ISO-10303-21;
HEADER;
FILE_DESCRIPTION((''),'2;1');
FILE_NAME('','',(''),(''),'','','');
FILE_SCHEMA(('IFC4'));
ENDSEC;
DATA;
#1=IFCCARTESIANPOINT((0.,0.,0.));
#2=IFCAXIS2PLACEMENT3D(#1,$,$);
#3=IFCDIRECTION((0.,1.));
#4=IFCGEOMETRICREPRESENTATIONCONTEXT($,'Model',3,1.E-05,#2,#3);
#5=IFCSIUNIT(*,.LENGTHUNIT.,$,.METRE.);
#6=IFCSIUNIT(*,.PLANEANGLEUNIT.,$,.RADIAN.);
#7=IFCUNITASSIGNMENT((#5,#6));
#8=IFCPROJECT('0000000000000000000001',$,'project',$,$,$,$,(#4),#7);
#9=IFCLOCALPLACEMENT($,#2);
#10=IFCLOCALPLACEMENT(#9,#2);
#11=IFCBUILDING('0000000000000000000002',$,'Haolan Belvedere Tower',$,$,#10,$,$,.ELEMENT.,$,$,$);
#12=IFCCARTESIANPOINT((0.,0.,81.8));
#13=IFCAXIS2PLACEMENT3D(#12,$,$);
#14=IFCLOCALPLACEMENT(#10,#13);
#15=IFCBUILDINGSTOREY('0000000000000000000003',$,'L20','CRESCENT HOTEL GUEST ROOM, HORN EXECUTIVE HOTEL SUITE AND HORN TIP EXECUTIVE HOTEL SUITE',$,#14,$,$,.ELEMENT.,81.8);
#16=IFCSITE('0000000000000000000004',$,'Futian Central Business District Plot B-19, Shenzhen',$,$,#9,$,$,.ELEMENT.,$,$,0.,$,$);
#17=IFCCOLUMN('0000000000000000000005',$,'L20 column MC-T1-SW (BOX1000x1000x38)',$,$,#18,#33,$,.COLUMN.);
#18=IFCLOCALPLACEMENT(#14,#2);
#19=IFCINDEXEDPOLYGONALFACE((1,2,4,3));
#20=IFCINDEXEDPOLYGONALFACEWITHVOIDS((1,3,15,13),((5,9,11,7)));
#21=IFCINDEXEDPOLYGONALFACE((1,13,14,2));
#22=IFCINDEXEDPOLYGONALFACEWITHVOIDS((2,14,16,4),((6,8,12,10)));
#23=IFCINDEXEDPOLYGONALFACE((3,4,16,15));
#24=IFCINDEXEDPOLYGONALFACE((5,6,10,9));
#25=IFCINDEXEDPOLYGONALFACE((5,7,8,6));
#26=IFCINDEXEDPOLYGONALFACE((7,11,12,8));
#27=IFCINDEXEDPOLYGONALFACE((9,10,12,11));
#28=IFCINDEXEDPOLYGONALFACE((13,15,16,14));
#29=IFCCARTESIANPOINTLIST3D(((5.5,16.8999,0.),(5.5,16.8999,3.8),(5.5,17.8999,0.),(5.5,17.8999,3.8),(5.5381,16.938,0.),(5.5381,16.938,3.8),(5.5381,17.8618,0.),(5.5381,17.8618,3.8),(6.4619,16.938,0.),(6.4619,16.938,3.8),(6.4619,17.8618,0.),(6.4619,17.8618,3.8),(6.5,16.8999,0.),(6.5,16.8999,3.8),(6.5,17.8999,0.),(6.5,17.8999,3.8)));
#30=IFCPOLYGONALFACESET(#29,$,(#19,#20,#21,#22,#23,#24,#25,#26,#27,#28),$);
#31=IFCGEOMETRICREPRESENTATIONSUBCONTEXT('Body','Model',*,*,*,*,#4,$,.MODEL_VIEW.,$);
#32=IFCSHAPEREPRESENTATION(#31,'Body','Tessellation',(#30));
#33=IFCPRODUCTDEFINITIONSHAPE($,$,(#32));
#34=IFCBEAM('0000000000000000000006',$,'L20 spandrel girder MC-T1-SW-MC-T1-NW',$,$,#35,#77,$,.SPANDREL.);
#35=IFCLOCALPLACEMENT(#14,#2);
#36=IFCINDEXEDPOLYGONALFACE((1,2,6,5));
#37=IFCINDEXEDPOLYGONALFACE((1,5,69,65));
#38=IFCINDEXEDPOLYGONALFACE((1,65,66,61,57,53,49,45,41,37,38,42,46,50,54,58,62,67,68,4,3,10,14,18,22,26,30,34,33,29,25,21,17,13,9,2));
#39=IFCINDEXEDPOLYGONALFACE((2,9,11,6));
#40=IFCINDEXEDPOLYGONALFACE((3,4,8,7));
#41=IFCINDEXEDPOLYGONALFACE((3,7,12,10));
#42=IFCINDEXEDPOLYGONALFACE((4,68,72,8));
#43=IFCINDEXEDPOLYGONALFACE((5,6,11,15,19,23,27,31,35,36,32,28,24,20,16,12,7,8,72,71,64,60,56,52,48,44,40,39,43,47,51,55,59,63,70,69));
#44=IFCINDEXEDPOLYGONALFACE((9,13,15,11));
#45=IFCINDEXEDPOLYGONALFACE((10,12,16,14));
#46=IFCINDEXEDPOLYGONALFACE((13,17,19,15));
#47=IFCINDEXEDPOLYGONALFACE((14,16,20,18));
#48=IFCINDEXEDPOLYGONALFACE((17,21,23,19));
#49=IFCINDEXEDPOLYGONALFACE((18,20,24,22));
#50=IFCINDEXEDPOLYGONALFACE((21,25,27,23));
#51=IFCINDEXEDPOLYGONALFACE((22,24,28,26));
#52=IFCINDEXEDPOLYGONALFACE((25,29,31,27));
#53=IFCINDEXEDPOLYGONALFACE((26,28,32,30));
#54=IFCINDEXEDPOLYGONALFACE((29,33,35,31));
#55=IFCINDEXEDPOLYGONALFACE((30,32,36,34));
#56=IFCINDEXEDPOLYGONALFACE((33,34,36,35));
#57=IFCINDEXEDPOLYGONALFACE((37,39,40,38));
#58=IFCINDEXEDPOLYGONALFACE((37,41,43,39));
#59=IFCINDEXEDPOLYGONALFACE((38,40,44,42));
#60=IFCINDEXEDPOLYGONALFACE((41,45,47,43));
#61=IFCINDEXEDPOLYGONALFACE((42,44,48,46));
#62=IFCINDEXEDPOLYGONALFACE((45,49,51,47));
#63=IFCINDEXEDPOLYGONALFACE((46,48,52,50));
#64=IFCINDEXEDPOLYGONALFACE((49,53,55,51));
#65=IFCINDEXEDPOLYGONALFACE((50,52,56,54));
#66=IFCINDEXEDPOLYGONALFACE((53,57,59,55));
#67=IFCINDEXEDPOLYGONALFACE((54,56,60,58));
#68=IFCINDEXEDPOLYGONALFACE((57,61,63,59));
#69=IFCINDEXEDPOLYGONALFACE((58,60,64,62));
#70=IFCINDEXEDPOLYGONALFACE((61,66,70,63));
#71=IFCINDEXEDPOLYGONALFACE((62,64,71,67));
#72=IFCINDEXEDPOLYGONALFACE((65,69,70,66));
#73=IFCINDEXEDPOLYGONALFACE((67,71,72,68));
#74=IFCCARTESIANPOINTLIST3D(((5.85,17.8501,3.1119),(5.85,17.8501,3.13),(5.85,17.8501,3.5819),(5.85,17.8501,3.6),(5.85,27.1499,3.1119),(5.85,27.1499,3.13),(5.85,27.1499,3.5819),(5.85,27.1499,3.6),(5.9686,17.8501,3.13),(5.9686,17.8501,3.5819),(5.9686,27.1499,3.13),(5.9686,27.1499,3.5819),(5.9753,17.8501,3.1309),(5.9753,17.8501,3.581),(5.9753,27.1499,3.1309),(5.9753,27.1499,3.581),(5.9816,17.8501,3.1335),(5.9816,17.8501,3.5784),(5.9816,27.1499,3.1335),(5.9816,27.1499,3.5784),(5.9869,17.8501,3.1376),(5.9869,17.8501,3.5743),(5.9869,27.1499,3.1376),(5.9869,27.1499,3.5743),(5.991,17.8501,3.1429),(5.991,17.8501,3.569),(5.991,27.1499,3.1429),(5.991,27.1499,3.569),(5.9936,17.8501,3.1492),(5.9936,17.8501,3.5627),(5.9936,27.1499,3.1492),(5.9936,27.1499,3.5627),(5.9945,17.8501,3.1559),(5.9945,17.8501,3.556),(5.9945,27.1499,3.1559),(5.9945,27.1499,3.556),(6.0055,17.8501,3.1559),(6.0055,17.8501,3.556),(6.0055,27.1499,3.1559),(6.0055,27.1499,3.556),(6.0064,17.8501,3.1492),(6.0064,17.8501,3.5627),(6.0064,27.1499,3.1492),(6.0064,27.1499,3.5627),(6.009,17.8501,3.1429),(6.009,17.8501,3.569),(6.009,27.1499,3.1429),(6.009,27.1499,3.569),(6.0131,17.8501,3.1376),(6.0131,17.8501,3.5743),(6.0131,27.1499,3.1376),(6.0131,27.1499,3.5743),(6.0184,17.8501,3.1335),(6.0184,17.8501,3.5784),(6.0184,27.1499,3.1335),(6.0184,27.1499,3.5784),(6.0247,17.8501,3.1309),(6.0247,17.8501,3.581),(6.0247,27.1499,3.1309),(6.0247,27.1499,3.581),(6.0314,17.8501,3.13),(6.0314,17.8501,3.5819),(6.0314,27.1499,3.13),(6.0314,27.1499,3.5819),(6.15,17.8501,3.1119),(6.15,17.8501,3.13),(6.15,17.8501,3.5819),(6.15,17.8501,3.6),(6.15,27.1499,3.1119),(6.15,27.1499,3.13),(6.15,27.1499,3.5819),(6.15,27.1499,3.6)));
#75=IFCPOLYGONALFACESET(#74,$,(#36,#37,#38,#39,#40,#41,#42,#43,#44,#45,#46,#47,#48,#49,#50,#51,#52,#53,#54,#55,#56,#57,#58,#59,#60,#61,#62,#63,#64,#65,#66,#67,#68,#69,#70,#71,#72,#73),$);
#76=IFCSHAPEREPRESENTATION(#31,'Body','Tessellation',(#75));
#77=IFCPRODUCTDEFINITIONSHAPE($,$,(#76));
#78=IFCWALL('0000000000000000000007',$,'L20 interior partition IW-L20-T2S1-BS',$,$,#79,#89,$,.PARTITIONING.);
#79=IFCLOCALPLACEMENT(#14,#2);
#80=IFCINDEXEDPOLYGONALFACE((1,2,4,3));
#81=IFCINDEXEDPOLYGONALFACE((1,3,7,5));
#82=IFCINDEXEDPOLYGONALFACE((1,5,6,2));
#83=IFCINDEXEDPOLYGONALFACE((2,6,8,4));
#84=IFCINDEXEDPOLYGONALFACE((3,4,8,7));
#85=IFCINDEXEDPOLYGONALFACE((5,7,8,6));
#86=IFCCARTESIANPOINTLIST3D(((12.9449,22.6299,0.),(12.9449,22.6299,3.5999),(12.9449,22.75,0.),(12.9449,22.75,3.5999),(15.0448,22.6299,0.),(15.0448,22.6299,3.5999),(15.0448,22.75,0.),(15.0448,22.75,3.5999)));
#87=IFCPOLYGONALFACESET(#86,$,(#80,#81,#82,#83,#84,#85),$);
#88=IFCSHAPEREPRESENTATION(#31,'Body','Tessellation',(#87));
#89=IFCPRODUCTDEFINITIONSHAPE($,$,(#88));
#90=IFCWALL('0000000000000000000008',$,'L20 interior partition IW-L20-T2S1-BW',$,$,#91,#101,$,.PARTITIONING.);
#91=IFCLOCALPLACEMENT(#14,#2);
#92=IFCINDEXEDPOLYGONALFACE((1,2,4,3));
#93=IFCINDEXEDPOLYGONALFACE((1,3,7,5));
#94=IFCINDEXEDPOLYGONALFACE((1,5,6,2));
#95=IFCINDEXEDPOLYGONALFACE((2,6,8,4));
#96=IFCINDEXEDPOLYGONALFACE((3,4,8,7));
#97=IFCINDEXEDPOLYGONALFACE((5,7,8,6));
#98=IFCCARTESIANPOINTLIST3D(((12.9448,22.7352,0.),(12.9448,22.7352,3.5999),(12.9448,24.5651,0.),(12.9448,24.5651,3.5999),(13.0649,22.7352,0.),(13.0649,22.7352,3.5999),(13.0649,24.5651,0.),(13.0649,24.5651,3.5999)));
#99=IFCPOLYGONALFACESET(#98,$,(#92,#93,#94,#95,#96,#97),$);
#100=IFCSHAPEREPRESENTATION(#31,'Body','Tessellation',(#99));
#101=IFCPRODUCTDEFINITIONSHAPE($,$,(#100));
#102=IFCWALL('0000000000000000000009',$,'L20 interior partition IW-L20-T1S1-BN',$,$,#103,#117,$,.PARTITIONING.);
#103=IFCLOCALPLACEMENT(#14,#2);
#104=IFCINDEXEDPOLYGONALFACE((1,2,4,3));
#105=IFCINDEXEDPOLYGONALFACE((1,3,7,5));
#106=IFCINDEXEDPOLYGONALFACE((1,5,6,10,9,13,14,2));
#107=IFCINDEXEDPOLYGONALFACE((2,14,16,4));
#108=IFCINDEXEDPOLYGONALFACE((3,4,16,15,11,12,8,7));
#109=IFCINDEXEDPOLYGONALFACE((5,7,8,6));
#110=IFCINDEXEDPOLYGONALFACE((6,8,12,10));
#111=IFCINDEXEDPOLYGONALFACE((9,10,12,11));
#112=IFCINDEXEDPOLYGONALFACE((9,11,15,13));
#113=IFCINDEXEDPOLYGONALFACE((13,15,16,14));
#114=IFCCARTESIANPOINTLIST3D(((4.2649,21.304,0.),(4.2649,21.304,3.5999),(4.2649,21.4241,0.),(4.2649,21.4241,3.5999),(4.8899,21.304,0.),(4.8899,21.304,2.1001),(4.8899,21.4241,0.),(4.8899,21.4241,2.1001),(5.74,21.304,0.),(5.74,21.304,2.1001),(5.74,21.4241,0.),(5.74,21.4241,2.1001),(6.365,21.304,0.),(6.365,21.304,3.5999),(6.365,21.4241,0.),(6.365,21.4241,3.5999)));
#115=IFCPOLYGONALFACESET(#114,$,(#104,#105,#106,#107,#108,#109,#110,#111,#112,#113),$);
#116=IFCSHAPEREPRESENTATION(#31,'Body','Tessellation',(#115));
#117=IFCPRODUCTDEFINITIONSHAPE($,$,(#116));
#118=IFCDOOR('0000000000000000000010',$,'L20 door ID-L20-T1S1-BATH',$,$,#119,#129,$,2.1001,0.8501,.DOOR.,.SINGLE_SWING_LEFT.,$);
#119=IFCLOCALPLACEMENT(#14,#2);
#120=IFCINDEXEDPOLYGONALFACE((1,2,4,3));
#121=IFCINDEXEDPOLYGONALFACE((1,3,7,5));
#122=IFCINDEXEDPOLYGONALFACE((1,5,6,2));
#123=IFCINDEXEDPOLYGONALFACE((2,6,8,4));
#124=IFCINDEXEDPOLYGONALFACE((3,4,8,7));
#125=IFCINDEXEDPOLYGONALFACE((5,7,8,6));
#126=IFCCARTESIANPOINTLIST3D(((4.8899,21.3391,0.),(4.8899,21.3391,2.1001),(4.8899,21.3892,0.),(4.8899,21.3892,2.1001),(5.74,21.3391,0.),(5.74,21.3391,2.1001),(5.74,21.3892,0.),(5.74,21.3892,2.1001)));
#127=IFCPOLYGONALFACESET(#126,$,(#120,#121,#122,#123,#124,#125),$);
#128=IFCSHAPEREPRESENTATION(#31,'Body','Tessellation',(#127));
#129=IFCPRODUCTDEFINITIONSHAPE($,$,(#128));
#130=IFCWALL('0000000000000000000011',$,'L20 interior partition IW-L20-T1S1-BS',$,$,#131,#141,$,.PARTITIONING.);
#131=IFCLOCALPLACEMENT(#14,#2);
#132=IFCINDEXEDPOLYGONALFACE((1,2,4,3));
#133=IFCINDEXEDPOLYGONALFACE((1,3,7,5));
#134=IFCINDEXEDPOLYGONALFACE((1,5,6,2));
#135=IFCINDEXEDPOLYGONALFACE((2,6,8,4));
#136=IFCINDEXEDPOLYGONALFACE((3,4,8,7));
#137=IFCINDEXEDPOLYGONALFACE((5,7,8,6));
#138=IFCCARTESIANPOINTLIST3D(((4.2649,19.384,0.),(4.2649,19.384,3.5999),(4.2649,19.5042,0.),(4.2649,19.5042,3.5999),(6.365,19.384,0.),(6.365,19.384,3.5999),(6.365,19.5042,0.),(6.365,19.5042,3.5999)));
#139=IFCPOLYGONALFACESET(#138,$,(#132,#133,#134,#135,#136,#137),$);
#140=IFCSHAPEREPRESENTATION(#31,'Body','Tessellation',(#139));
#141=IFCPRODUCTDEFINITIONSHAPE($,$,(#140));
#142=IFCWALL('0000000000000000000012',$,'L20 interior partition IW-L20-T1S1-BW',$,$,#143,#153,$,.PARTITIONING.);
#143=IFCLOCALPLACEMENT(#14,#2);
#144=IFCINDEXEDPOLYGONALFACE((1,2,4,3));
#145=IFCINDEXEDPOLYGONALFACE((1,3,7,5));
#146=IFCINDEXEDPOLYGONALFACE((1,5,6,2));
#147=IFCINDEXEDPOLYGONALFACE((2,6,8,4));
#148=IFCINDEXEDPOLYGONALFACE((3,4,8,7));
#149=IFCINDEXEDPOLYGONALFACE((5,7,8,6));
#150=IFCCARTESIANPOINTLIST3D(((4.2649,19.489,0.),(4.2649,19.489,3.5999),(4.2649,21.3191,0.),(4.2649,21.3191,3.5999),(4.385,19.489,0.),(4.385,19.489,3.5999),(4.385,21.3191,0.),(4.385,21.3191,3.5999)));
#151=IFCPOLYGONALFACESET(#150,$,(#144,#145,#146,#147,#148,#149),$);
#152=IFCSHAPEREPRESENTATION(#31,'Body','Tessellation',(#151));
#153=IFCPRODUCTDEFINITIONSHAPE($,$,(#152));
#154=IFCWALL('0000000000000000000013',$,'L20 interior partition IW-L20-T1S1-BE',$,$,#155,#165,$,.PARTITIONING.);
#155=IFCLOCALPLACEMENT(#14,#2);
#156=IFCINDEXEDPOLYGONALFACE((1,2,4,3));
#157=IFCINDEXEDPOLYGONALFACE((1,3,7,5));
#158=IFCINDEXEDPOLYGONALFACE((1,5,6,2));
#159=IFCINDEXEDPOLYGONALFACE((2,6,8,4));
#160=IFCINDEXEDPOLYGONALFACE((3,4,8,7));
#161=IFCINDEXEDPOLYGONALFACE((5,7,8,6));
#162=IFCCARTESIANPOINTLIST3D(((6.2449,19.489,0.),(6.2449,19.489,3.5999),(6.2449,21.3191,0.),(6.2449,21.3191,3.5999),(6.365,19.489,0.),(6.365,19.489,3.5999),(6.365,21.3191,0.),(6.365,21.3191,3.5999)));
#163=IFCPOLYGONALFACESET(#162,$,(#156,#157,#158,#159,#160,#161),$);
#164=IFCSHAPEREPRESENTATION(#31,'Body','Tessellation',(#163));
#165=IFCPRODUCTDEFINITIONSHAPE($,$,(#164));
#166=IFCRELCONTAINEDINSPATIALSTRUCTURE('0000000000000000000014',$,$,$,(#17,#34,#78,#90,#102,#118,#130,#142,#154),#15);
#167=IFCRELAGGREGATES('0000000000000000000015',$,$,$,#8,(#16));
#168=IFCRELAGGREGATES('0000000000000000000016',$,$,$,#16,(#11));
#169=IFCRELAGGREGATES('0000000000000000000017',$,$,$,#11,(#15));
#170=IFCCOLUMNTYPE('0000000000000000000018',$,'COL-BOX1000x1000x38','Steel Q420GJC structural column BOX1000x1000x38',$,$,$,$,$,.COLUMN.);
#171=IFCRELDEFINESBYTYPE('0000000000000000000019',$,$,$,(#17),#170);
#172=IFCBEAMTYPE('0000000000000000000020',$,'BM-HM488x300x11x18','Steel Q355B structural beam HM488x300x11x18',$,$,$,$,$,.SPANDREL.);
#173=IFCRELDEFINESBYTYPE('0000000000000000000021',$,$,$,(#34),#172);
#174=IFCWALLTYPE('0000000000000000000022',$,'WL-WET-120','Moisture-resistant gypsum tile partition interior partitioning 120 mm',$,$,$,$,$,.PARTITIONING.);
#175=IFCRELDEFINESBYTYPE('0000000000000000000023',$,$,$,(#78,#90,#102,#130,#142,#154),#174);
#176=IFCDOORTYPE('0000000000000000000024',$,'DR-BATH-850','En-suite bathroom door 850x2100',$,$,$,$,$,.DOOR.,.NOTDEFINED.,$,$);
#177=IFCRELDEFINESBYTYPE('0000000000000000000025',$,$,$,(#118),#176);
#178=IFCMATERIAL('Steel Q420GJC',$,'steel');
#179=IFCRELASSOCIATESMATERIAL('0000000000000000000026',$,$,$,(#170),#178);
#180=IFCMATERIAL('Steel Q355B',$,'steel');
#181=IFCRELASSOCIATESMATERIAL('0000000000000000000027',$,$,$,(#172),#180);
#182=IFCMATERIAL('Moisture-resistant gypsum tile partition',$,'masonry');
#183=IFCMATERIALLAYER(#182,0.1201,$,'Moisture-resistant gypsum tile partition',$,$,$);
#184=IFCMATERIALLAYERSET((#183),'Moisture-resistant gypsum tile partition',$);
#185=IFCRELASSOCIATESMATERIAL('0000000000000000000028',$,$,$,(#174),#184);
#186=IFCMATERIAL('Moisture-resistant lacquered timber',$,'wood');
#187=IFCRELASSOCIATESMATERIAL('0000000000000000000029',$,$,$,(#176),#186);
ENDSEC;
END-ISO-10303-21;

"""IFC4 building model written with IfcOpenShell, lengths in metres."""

from ifc_helpers import new_model, si_unit, direction, frame, frame_2d, origin, origin_2d, place, context, subcontext, project, spatial, rectangle, hollow_rectangle, i_section, extrude, material, layer, layer_set, material_profile, profile_set, type_object, element, fill, save


model = new_model("IFC4")

# Units and contexts
model_context = context("Model", 3, precision=1e-05, world=origin(), true_north=direction((0.0, 1.0)))
body_context = subcontext(model_context, "Body", "Model", "MODEL_VIEW")
ifc_project = project(units=[si_unit("LENGTHUNIT", "METRE"), si_unit("PLANEANGLEUNIT", "RADIAN")], contexts=[model_context])

# Site, building, storey
site_placement = place(None, origin())
site = spatial("IfcSite", under=ifc_project, at=site_placement, Name="Futian Central Business District Plot B-19, Shenzhen", CompositionType="ELEMENT", RefElevation=0.0)
building_placement = place(site_placement, origin())
building = spatial("IfcBuilding", under=site, at=building_placement, Name="Haolan Belvedere Tower", CompositionType="ELEMENT")
storey_placement = place(building_placement, frame((0.0, 0.0, 81.8)))
storey = spatial("IfcBuildingStorey", under=building, at=storey_placement, Name="L20", Description="CRESCENT HOTEL GUEST ROOM, HORN EXECUTIVE HOTEL SUITE AND HORN TIP EXECUTIVE HOTEL SUITE", CompositionType="ELEMENT", Elevation=81.8)

# Column
ifc_material_1 = material(Name="Steel Q420GJC", Category="steel")
ifc_material_profile_1 = material_profile(ifc_material_1, hollow_rectangle(XDim=1.0, YDim=1.0, WallThickness=0.0381, at=origin_2d()), Name="Steel Q420GJC")
ifc_profile_set_1 = profile_set([ifc_material_profile_1], Name="Steel Q420GJC")
column_type = type_object("IfcColumnType", Name="COL-BOX1000x1000x38", Description="Steel Q420GJC structural column BOX1000x1000x38", PredefinedType="COLUMN", material=ifc_profile_set_1)
column_placement = place(storey_placement, frame((6.0, 17.3999, 0.0), z_axis=(0.0, 0.0, 1.0), x_axis=(1.0, 0.0, 0.0)))
element("IfcColumn", 1, at=column_placement, inside=storey, type_object=column_type, Name="L20 column MC-T1-SW (BOX1000x1000x38)", PredefinedType="COLUMN", context=body_context, shape_type="SweptSolid", body=[
    extrude(hollow_rectangle(XDim=1.0, YDim=1.0, WallThickness=0.0381, at=origin_2d()), origin(), (0.0, 0.0, 1.0), 3.8),
])

# Beam
ifc_material_2 = material(Name="Steel Q355B", Category="steel")
ifc_material_profile_2 = material_profile(ifc_material_2, i_section(OverallWidth=0.3, OverallDepth=0.488, WebThickness=0.011, FlangeThickness=0.0181, FilletRadius=0.0259, at=origin_2d()), Name="Steel Q355B")
ifc_profile_set_2 = profile_set([ifc_material_profile_2], Name="Steel Q355B")
beam_type = type_object("IfcBeamType", Name="BM-HM488x300x11x18", Description="Steel Q355B structural beam HM488x300x11x18", PredefinedType="SPANDREL", material=ifc_profile_set_2)
beam_placement = place(storey_placement, frame((6.0, 17.8501, 3.356), z_axis=(0.0, 1.0, 0.0), x_axis=(-1.0, 0.0, 0.0)))
element("IfcBeam", 2, at=beam_placement, inside=storey, type_object=beam_type, Name="L20 spandrel girder MC-T1-SW-MC-T1-NW", PredefinedType="SPANDREL", context=body_context, shape_type="SweptSolid", body=[
    extrude(i_section(OverallWidth=0.3, OverallDepth=0.488, WebThickness=0.011, FlangeThickness=0.0181, FilletRadius=0.0259, at=origin_2d()), origin(), (0.0, 0.0, 1.0), 9.2998),
])

# Walls
ifc_material_3 = material(Name="Moisture-resistant gypsum tile partition", Category="masonry")
ifc_layer = layer(ifc_material_3, 0.1201, Name="Moisture-resistant gypsum tile partition")
ifc_layer_set = layer_set([ifc_layer], Name="Moisture-resistant gypsum tile partition")
wall_type = type_object("IfcWallType", Name="WL-WET-120", Description="Moisture-resistant gypsum tile partition interior partitioning 120 mm", PredefinedType="PARTITIONING", material=ifc_layer_set)
wall_1_placement = place(storey_placement, frame((12.9451, 22.6899, 0.0), z_axis=(0.0, 0.0, 1.0), x_axis=(1.0, 0.0, 0.0)))
element("IfcWall", 3, at=wall_1_placement, inside=storey, type_object=wall_type, Name="L20 interior partition IW-L20-T2S1-BS", PredefinedType="PARTITIONING", context=body_context, shape_type="SweptSolid", body=[
    extrude(rectangle(XDim=2.0999, YDim=0.1201, at=frame_2d((1.0498, 0.0))), origin(), (0.0, 0.0, 1.0), 3.5999),
])
wall_2_placement = place(storey_placement, frame((13.0049, 22.7351, 0.0), z_axis=(0.0, 0.0, 1.0), x_axis=(0.0, 1.0, 0.0)))
element("IfcWall", 4, at=wall_2_placement, inside=storey, type_object=wall_type, Name="L20 interior partition IW-L20-T2S1-BW", PredefinedType="PARTITIONING", context=body_context, shape_type="SweptSolid", body=[
    extrude(rectangle(XDim=1.8298, YDim=0.1201, at=frame_2d((0.915, 0.0))), origin(), (0.0, 0.0, 1.0), 3.5999),
])

# Wall, opening, door
wall_3_placement = place(storey_placement, frame((4.2649, 21.364, 0.0), z_axis=(0.0, 0.0, 1.0), x_axis=(1.0, 0.0, 0.0)))
wall_3 = element("IfcWall", 5, at=wall_3_placement, inside=storey, type_object=wall_type, Name="L20 interior partition IW-L20-T1S1-BN", PredefinedType="PARTITIONING", context=body_context, shape_type="SweptSolid", body=[
    extrude(rectangle(XDim=2.1001, YDim=0.1201, at=frame_2d((1.05, 0.0))), origin(), (0.0, 0.0, 1.0), 3.5999),
])
opening_1_placement = place(wall_3_placement, frame((1.4751, 0.0, 0.0), z_axis=(0.0, 0.0, 1.0), x_axis=(-1.0, 0.0, 0.0)))
opening_1 = element("IfcOpeningElement", 6, at=opening_1_placement, cuts=wall_3, PredefinedType="OPENING", context=body_context, shape_type="SweptSolid", body=[
    extrude(rectangle(XDim=0.8501, YDim=2.1001, at=frame_2d((0.425, 1.05))), frame((0.0, 0.0701, 0.0), z_axis=(0.0, -1.0, 0.0), x_axis=(1.0, 0.0, 0.0)), (0.0, 0.0, 1.0), 0.1401),
])
ifc_material_4 = material(Name="Moisture-resistant lacquered timber", Category="wood")
door_type = type_object("IfcDoorType", Name="DR-BATH-850", Description="En-suite bathroom door 850x2100", OperationType="NOTDEFINED", PredefinedType="DOOR", material=ifc_material_4)
door_1_placement = place(opening_1_placement, origin())
door_1 = element("IfcDoor", 7, at=door_1_placement, inside=storey, type_object=door_type, Name="L20 door ID-L20-T1S1-BATH", OperationType="SINGLE_SWING_LEFT", OverallHeight=2.1001, OverallWidth=0.8501, PredefinedType="DOOR", context=body_context, shape_type="SweptSolid", body=[
    extrude(rectangle(XDim=0.8501, YDim=2.1001, at=frame_2d((0.425, 1.05))), frame((0.0, 0.0249, 0.0), z_axis=(0.0, -1.0, 0.0), x_axis=(1.0, 0.0, 0.0)), (0.0, 0.0, 1.0), 0.05),
])
fill(opening_1, door_1)

# Walls
wall_4_placement = place(storey_placement, frame((4.2649, 19.4441, 0.0), z_axis=(0.0, 0.0, 1.0), x_axis=(1.0, 0.0, 0.0)))
element("IfcWall", 8, at=wall_4_placement, inside=storey, type_object=wall_type, Name="L20 interior partition IW-L20-T1S1-BS", PredefinedType="PARTITIONING", context=body_context, shape_type="SweptSolid", body=[
    extrude(rectangle(XDim=2.1001, YDim=0.1201, at=frame_2d((1.05, 0.0))), origin(), (0.0, 0.0, 1.0), 3.5999),
])
for number, where, z_axis, x_axis, name in (
    (9, (4.325, 19.489, 0.0), (0.0, 0.0, 1.0), (0.0, 1.0, 0.0), "L20 interior partition IW-L20-T1S1-BW"),
    (10, (6.3049, 19.489, 0.0), (0.0, 0.0, 1.0), (0.0, 1.0, 0.0), "L20 interior partition IW-L20-T1S1-BE"),
):
    element("IfcWall", number, at=place(storey_placement, frame(where, z_axis=z_axis, x_axis=x_axis)), inside=storey, type_object=wall_type, Name=name, PredefinedType="PARTITIONING", context=body_context, shape_type="SweptSolid", body=[
        extrude(rectangle(XDim=1.8301, YDim=0.1201, at=frame_2d((0.915, 0.0))), origin(), (0.0, 0.0, 1.0), 3.5999),
    ])

save(model, "model.ifc")
